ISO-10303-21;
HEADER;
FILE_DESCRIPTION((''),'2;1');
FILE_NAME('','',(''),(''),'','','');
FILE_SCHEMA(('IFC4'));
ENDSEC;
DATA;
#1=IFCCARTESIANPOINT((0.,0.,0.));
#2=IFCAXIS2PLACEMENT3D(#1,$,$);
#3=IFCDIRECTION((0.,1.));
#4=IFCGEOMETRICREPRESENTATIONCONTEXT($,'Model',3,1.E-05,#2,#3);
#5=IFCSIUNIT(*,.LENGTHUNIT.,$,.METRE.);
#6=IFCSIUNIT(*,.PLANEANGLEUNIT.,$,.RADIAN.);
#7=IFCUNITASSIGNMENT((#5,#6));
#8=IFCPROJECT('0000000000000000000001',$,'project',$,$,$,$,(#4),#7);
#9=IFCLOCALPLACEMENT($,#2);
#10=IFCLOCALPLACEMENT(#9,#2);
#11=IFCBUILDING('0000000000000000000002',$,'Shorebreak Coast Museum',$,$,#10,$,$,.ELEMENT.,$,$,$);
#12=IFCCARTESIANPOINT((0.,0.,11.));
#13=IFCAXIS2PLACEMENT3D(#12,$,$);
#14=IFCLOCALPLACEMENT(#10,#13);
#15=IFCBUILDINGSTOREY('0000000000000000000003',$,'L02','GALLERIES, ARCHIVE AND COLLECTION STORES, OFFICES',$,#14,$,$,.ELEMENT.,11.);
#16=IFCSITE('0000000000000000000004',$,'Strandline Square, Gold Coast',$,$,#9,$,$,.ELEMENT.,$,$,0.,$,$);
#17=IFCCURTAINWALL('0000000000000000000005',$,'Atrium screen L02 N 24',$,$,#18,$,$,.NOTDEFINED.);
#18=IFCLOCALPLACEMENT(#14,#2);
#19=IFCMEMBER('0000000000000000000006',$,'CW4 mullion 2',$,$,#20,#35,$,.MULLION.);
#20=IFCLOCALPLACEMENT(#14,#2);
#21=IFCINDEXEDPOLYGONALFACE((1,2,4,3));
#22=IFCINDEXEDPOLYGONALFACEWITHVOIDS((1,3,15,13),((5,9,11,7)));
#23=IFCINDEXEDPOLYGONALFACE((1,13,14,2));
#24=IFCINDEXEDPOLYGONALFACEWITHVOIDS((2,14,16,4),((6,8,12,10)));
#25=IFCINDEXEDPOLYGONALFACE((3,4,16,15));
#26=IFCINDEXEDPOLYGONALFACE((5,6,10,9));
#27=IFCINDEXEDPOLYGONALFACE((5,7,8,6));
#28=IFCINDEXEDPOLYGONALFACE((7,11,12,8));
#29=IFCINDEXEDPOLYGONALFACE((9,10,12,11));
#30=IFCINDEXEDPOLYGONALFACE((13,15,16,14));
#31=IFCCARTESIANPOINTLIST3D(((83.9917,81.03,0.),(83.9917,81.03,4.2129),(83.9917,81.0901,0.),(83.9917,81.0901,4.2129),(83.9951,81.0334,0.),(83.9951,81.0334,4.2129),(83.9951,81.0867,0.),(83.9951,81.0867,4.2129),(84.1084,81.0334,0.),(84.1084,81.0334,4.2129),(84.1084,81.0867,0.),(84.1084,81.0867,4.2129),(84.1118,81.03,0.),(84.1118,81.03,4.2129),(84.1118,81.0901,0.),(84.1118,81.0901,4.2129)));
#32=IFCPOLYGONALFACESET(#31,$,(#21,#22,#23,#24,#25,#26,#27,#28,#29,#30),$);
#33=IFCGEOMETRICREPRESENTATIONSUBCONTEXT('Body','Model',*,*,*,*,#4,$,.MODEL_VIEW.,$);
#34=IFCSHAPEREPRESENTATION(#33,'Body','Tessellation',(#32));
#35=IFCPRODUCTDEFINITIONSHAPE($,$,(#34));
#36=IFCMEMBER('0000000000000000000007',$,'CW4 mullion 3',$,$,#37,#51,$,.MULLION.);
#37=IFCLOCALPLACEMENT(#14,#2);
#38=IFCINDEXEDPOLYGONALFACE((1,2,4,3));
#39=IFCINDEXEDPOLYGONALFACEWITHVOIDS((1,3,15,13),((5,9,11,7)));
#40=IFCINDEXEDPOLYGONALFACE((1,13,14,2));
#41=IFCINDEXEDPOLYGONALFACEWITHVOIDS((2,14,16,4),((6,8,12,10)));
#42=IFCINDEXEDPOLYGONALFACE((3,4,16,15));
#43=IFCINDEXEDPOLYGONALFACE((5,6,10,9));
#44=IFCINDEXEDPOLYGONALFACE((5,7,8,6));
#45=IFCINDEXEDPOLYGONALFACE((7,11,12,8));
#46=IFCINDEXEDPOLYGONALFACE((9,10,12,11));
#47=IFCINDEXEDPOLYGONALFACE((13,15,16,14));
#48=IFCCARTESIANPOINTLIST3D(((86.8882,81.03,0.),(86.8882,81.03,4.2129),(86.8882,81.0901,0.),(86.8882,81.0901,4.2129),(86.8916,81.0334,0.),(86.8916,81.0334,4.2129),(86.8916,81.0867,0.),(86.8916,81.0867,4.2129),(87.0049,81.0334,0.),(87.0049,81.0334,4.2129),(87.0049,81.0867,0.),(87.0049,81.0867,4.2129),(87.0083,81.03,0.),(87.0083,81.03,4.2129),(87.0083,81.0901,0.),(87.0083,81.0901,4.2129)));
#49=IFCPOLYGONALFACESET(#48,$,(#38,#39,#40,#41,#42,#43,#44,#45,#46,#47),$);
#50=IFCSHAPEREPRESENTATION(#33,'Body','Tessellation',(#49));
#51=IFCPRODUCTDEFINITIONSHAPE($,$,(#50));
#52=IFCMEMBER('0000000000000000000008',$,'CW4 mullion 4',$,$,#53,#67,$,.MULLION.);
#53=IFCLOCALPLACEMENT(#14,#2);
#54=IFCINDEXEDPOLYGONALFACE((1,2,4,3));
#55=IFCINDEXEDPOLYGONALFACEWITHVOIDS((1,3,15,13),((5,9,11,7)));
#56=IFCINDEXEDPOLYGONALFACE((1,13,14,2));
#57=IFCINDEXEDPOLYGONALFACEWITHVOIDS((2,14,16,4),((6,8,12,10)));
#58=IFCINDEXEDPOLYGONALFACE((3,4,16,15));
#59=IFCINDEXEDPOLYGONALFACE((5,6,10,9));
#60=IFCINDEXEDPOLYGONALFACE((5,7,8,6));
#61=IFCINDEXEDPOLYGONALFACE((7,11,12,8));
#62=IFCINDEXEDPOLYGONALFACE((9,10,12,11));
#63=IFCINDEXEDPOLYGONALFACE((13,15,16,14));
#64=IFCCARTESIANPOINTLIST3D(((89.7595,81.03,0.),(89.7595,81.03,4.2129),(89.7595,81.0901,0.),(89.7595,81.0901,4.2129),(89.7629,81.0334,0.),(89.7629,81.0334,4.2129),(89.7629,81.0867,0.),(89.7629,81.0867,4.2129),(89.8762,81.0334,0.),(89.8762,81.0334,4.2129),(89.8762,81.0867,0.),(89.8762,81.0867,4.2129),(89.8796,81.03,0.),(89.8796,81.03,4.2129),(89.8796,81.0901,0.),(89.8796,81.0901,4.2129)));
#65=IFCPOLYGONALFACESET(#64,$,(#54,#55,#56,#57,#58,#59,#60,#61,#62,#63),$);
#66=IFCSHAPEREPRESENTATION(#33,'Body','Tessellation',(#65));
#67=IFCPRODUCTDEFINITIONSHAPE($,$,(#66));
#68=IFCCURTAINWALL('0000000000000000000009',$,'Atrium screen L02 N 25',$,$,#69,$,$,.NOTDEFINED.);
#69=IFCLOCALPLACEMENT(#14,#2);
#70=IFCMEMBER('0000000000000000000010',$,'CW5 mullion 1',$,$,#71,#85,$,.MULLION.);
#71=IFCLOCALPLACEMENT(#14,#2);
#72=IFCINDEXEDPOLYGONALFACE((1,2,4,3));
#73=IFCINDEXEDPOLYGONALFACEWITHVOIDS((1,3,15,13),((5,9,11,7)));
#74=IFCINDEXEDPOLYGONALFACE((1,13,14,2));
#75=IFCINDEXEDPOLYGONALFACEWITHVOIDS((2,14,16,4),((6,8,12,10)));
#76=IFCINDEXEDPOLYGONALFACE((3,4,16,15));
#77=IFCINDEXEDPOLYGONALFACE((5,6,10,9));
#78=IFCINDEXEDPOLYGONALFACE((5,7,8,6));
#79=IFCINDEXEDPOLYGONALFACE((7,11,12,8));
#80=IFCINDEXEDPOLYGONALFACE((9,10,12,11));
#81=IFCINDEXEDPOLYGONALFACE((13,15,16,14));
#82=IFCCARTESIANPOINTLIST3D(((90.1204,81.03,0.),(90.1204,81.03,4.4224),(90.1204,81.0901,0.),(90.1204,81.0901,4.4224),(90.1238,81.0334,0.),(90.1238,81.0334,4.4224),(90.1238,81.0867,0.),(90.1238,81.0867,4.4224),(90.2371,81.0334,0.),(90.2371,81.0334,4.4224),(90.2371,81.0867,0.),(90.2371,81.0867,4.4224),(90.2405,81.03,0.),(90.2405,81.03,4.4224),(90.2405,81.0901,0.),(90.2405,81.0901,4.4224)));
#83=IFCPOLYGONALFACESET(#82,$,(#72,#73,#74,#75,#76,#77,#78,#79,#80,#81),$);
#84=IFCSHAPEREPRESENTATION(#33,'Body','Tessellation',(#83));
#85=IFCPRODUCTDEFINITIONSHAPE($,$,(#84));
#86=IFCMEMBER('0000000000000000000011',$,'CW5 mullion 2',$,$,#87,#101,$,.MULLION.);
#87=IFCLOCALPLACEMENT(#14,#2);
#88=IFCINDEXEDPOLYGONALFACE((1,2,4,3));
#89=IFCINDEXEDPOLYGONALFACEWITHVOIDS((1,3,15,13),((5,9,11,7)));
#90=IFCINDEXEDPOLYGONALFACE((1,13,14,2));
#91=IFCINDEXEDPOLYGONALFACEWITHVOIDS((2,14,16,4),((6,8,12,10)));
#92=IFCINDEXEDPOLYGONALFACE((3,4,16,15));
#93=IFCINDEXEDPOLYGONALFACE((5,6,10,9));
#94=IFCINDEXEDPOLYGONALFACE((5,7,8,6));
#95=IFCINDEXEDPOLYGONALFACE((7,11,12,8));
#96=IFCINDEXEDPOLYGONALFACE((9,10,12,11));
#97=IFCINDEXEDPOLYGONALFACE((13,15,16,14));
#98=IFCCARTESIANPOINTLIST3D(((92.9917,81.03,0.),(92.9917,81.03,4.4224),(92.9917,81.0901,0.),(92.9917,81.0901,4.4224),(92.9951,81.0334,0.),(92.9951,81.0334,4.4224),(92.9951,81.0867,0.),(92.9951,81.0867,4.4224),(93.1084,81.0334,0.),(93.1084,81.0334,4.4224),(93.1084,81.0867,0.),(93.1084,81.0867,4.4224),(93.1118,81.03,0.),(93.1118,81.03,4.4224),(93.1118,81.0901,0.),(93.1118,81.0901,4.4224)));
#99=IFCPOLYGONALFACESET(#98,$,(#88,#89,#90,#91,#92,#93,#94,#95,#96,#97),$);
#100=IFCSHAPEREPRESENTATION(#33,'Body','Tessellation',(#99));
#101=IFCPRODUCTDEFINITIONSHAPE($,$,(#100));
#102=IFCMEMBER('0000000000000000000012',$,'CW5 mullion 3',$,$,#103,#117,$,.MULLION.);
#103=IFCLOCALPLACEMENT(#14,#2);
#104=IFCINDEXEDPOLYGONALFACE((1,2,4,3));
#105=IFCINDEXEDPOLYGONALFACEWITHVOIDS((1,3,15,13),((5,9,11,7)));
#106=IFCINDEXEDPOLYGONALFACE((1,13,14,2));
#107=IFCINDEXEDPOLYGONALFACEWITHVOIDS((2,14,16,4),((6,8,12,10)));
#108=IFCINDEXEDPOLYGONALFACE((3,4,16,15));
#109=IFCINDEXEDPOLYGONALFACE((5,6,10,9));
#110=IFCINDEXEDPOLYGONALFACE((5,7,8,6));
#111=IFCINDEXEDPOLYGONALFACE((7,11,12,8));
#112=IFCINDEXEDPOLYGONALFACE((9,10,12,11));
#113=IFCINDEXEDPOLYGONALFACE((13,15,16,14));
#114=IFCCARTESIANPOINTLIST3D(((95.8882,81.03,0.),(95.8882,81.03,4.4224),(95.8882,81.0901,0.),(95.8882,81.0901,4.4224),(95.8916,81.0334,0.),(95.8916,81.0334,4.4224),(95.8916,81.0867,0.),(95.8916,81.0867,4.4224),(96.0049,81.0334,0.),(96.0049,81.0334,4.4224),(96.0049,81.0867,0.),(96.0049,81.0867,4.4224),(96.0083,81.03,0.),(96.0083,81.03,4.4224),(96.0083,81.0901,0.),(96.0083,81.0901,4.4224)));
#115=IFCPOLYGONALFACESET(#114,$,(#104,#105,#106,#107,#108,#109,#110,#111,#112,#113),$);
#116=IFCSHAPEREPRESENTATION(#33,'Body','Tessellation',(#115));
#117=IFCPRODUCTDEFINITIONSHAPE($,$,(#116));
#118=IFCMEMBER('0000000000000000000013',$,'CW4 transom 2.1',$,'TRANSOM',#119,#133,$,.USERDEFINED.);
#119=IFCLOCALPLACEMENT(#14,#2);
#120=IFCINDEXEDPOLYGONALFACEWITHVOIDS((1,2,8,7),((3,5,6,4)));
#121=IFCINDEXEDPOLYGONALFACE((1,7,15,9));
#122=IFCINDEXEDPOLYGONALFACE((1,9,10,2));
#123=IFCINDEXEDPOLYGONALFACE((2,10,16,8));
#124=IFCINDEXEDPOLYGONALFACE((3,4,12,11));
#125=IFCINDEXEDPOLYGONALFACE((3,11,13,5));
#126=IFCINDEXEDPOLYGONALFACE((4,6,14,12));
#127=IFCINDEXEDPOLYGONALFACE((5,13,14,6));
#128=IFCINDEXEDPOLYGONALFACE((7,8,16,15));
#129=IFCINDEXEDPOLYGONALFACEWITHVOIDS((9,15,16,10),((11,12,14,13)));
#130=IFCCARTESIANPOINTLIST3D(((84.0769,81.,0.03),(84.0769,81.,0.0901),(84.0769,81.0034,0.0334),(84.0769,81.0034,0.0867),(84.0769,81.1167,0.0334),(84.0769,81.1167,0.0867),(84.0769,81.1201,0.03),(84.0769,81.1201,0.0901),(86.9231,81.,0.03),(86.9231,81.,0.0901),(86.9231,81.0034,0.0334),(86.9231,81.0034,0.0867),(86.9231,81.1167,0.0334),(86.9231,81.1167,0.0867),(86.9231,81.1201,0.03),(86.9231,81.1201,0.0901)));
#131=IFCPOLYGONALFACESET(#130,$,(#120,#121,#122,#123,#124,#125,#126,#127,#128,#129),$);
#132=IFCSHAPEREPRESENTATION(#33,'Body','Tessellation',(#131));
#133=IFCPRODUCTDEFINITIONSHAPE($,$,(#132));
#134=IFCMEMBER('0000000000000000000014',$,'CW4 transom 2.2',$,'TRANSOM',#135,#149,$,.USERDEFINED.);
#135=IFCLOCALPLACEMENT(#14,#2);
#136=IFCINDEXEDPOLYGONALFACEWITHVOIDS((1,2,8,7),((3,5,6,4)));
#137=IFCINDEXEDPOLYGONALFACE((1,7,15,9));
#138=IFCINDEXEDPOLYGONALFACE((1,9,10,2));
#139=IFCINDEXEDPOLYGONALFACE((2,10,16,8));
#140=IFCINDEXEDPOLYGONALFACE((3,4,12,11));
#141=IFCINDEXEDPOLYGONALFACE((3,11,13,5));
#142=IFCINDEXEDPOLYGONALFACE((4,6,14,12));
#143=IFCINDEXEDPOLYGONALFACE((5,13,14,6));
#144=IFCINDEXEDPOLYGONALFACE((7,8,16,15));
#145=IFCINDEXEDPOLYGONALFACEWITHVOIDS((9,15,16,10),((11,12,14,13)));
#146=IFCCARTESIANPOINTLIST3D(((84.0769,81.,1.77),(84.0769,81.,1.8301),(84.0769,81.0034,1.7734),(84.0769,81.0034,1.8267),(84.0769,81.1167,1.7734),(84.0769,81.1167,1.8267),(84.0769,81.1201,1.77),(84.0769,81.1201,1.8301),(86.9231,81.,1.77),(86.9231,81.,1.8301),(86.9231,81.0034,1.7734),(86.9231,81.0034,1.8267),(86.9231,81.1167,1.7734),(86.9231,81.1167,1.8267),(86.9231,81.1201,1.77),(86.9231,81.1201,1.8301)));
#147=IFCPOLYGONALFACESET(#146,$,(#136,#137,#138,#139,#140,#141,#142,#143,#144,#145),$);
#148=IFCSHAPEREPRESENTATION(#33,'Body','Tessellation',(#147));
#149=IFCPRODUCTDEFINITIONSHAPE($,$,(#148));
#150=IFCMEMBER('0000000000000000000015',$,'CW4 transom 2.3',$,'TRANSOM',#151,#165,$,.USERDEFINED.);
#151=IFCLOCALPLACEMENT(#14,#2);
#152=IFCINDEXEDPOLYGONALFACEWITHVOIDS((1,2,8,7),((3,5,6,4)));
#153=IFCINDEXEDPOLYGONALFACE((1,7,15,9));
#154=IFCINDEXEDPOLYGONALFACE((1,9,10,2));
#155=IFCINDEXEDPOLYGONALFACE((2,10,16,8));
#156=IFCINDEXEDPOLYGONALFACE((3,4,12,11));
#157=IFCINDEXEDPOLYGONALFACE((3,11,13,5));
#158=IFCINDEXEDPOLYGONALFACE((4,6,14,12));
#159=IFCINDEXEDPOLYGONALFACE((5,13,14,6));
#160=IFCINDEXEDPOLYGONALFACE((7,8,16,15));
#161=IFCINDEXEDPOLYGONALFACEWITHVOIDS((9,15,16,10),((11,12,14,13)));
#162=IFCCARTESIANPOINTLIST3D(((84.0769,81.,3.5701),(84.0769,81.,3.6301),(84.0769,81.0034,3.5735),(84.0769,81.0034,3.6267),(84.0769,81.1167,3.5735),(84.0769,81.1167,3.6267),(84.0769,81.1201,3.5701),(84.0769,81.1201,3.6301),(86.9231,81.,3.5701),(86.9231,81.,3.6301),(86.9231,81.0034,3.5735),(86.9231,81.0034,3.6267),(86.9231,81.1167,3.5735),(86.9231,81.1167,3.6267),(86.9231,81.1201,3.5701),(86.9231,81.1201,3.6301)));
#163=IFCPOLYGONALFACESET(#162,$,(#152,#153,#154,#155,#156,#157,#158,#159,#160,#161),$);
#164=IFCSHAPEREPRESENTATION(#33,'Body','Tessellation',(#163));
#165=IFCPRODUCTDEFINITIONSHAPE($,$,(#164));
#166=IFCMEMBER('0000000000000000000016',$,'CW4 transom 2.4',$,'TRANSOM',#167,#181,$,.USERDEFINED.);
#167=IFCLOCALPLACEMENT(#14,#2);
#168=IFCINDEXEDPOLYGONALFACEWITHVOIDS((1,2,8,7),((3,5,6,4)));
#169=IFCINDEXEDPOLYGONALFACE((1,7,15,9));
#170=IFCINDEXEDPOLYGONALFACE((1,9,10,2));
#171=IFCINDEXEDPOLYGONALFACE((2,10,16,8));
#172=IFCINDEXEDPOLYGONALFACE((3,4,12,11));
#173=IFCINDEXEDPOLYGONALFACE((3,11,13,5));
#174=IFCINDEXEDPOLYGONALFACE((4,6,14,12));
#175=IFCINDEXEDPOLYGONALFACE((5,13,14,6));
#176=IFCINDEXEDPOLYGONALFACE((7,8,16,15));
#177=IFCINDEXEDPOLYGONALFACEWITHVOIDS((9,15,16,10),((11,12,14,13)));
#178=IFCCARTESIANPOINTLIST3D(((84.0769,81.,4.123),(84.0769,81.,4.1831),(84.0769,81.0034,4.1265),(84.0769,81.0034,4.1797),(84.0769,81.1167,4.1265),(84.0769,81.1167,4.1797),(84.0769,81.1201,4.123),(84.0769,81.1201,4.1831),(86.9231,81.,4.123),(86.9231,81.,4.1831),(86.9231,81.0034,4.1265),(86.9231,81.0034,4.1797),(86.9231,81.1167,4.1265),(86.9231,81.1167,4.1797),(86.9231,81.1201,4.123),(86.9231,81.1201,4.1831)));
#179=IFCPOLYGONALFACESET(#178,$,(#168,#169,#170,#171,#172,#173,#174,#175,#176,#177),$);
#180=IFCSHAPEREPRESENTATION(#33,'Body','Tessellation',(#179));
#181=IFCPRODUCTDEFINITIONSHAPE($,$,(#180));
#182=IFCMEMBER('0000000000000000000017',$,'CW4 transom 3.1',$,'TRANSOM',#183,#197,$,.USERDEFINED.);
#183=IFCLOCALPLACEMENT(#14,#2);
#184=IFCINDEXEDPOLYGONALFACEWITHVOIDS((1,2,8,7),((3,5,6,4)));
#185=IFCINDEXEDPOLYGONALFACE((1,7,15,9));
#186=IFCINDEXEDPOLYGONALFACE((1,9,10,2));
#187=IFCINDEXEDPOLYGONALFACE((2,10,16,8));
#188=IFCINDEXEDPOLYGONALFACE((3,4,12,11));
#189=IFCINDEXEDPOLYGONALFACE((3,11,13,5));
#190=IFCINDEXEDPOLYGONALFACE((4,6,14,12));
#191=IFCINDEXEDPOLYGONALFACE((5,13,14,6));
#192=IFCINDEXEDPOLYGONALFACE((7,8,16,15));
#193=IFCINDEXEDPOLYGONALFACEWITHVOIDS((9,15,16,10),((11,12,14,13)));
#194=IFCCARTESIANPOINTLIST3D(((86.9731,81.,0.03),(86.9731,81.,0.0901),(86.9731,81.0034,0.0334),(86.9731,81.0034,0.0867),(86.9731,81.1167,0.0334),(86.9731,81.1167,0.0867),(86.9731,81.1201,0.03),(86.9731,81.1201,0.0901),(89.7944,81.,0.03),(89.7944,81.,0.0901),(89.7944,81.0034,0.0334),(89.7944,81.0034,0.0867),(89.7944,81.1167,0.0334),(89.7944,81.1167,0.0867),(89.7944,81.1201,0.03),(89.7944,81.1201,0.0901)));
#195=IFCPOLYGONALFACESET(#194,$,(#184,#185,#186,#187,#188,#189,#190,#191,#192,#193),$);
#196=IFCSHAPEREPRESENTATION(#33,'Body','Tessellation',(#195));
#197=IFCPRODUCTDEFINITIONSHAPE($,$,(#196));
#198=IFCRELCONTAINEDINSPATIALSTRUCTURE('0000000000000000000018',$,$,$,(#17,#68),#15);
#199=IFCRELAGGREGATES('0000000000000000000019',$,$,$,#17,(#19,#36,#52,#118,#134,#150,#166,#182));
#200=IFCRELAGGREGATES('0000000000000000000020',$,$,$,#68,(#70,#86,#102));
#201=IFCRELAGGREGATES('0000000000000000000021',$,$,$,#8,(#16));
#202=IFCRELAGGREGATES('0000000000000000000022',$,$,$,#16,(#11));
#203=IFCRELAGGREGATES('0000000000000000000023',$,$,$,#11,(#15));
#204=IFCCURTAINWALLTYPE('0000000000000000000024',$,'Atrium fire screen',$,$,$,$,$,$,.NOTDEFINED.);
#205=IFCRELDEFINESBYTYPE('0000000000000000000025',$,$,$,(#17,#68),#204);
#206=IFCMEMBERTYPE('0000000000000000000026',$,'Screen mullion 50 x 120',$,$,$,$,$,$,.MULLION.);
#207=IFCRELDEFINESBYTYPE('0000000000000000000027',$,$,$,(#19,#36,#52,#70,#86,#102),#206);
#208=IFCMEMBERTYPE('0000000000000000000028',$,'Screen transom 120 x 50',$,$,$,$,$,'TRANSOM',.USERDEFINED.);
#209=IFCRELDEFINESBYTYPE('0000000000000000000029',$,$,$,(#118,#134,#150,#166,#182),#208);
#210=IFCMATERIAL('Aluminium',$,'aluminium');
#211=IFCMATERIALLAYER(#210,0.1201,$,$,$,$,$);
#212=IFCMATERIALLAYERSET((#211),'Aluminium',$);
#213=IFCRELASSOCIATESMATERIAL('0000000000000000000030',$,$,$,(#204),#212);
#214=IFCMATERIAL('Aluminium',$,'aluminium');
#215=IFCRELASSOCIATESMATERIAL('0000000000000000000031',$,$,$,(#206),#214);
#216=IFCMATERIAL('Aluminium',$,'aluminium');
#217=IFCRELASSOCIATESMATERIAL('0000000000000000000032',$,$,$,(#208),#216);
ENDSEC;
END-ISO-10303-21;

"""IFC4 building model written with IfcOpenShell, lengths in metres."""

from ifc_helpers import new_model, si_unit, direction, frame, origin, origin_2d, place, context, subcontext, project, spatial, hollow_rectangle, extrude, material, layer, layer_set, material_profile, profile_set, type_object, element, aggregate, save


model = new_model("IFC4")

# Units and contexts
model_context = context("Model", 3, precision=1e-05, world=origin(), true_north=direction((0.0, 1.0)))
body_context = subcontext(model_context, "Body", "Model", "MODEL_VIEW")
ifc_project = project(units=[si_unit("LENGTHUNIT", "METRE"), si_unit("PLANEANGLEUNIT", "RADIAN")], contexts=[model_context])

# Site, building, storey
site_placement = place(None, origin())
site = spatial("IfcSite", under=ifc_project, at=site_placement, Name="Strandline Square, Gold Coast", CompositionType="ELEMENT", RefElevation=0.0)
building_placement = place(site_placement, origin())
building = spatial("IfcBuilding", under=site, at=building_placement, Name="Shorebreak Coast Museum", CompositionType="ELEMENT")
storey_placement = place(building_placement, frame((0.0, 0.0, 11.0)))
storey = spatial("IfcBuildingStorey", under=building, at=storey_placement, Name="L02", Description="GALLERIES, ARCHIVE AND COLLECTION STORES, OFFICES", CompositionType="ELEMENT", Elevation=11.0)

# Curtain walls, members
ifc_material_1 = material(Name="Aluminium", Category="aluminium")
ifc_layer_1 = layer(ifc_material_1, 0.1201)
ifc_layer_set_1 = layer_set([ifc_layer_1], Name="Aluminium")
curtain_wall_type = type_object("IfcCurtainWallType", Name="Atrium fire screen", PredefinedType="NOTDEFINED", material=ifc_layer_set_1)
curtain_wall_1_placement = place(storey_placement, origin())
curtain_wall_1 = element("IfcCurtainWall", 1, at=curtain_wall_1_placement, inside=storey, type_object=curtain_wall_type, Name="Atrium screen L02 N 24", PredefinedType="NOTDEFINED")
ifc_material_2 = material(Name="Aluminium", Category="aluminium")
ifc_material_profile_1 = material_profile(ifc_material_2, hollow_rectangle(XDim=0.0601, YDim=0.1201, WallThickness=0.0034, at=origin_2d()), Name="AL 120x60 RHS")
ifc_profile_set_1 = profile_set([ifc_material_profile_1], Name="Aluminium")
member_type_1 = type_object("IfcMemberType", Name="Screen mullion 50 x 120", PredefinedType="MULLION", material=ifc_profile_set_1)
member_1_placement = place(storey_placement, frame((84.0518, 81.0601, 0.0), z_axis=(0.0, 0.0, 1.0), x_axis=(0.0, 1.0, 0.0)))
member_1 = element("IfcMember", 2, at=member_1_placement, type_object=member_type_1, Name="CW4 mullion 2", PredefinedType="MULLION", context=body_context, shape_type="SweptSolid", body=[
    extrude(hollow_rectangle(XDim=0.0601, YDim=0.1201, WallThickness=0.0034, at=origin_2d()), origin(), (0.0, 0.0, 1.0), 4.2129),
])
member_2_placement = place(storey_placement, frame((86.9482, 81.0601, 0.0), z_axis=(0.0, 0.0, 1.0), x_axis=(0.0, 1.0, 0.0)))
member_2 = element("IfcMember", 3, at=member_2_placement, type_object=member_type_1, Name="CW4 mullion 3", PredefinedType="MULLION", context=body_context, shape_type="SweptSolid", body=[
    extrude(hollow_rectangle(XDim=0.0601, YDim=0.1201, WallThickness=0.0034, at=origin_2d()), origin(), (0.0, 0.0, 1.0), 4.2129),
])
member_3_placement = place(storey_placement, frame((89.8196, 81.0601, 0.0), z_axis=(0.0, 0.0, 1.0), x_axis=(0.0, 1.0, 0.0)))
member_3 = element("IfcMember", 4, at=member_3_placement, type_object=member_type_1, Name="CW4 mullion 4", PredefinedType="MULLION", context=body_context, shape_type="SweptSolid", body=[
    extrude(hollow_rectangle(XDim=0.0601, YDim=0.1201, WallThickness=0.0034, at=origin_2d()), origin(), (0.0, 0.0, 1.0), 4.2129),
])
curtain_wall_2_placement = place(storey_placement, origin())
curtain_wall_2 = element("IfcCurtainWall", 5, at=curtain_wall_2_placement, inside=storey, type_object=curtain_wall_type, Name="Atrium screen L02 N 25", PredefinedType="NOTDEFINED")
member_4_placement = place(storey_placement, frame((90.1804, 81.0601, 0.0), z_axis=(0.0, 0.0, 1.0), x_axis=(0.0, 1.0, 0.0)))
member_4 = element("IfcMember", 6, at=member_4_placement, type_object=member_type_1, Name="CW5 mullion 1", PredefinedType="MULLION", context=body_context, shape_type="SweptSolid", body=[
    extrude(hollow_rectangle(XDim=0.0601, YDim=0.1201, WallThickness=0.0034, at=origin_2d()), origin(), (0.0, 0.0, 1.0), 4.4224),
])
member_5_placement = place(storey_placement, frame((93.0518, 81.0601, 0.0), z_axis=(0.0, 0.0, 1.0), x_axis=(0.0, 1.0, 0.0)))
member_5 = element("IfcMember", 7, at=member_5_placement, type_object=member_type_1, Name="CW5 mullion 2", PredefinedType="MULLION", context=body_context, shape_type="SweptSolid", body=[
    extrude(hollow_rectangle(XDim=0.0601, YDim=0.1201, WallThickness=0.0034, at=origin_2d()), origin(), (0.0, 0.0, 1.0), 4.4224),
])
member_6_placement = place(storey_placement, frame((95.9482, 81.0601, 0.0), z_axis=(0.0, 0.0, 1.0), x_axis=(0.0, 1.0, 0.0)))
member_6 = element("IfcMember", 8, at=member_6_placement, type_object=member_type_1, Name="CW5 mullion 3", PredefinedType="MULLION", context=body_context, shape_type="SweptSolid", body=[
    extrude(hollow_rectangle(XDim=0.0601, YDim=0.1201, WallThickness=0.0034, at=origin_2d()), origin(), (0.0, 0.0, 1.0), 4.4224),
])

# Members
ifc_material_3 = material(Name="Aluminium", Category="aluminium")
ifc_material_profile_2 = material_profile(ifc_material_3, hollow_rectangle(XDim=0.1201, YDim=0.0601, WallThickness=0.0034, at=origin_2d()), Name="AL 60x120 RHS")
ifc_profile_set_2 = profile_set([ifc_material_profile_2], Name="Aluminium")
member_type_2 = type_object("IfcMemberType", Name="Screen transom 120 x 50", ElementType="TRANSOM", PredefinedType="USERDEFINED", material=ifc_profile_set_2)
member_7_placement = place(storey_placement, frame((84.0769, 81.0601, 0.0601), z_axis=(1.0, 0.0, 0.0), x_axis=(0.0, 1.0, 0.0)))
member_7 = element("IfcMember", 9, at=member_7_placement, type_object=member_type_2, Name="CW4 transom 2.1", ObjectType="TRANSOM", PredefinedType="USERDEFINED", context=body_context, shape_type="SweptSolid", body=[
    extrude(hollow_rectangle(XDim=0.1201, YDim=0.0601, WallThickness=0.0034, at=origin_2d()), origin(), (0.0, 0.0, 1.0), 2.8462),
])
member_8_placement = place(storey_placement, frame((84.0769, 81.0601, 1.8), z_axis=(1.0, 0.0, 0.0), x_axis=(0.0, 1.0, 0.0)))
member_8 = element("IfcMember", 10, at=member_8_placement, type_object=member_type_2, Name="CW4 transom 2.2", ObjectType="TRANSOM", PredefinedType="USERDEFINED", context=body_context, shape_type="SweptSolid", body=[
    extrude(hollow_rectangle(XDim=0.1201, YDim=0.0601, WallThickness=0.0034, at=origin_2d()), origin(), (0.0, 0.0, 1.0), 2.8462),
])
member_9_placement = place(storey_placement, frame((84.0769, 81.0601, 3.6001), z_axis=(1.0, 0.0, 0.0), x_axis=(0.0, 1.0, 0.0)))
member_9 = element("IfcMember", 11, at=member_9_placement, type_object=member_type_2, Name="CW4 transom 2.3", ObjectType="TRANSOM", PredefinedType="USERDEFINED", context=body_context, shape_type="SweptSolid", body=[
    extrude(hollow_rectangle(XDim=0.1201, YDim=0.0601, WallThickness=0.0034, at=origin_2d()), origin(), (0.0, 0.0, 1.0), 2.8462),
])
member_10_placement = place(storey_placement, frame((84.0769, 81.0601, 4.1531), z_axis=(1.0, 0.0, 0.0), x_axis=(0.0, 1.0, 0.0)))
member_10 = element("IfcMember", 12, at=member_10_placement, type_object=member_type_2, Name="CW4 transom 2.4", ObjectType="TRANSOM", PredefinedType="USERDEFINED", context=body_context, shape_type="SweptSolid", body=[
    extrude(hollow_rectangle(XDim=0.1201, YDim=0.0601, WallThickness=0.0034, at=origin_2d()), origin(), (0.0, 0.0, 1.0), 2.8462),
])
member_11_placement = place(storey_placement, frame((86.9731, 81.0601, 0.0601), z_axis=(1.0, 0.0, 0.0), x_axis=(0.0, 1.0, 0.0)))
member_11 = element("IfcMember", 13, at=member_11_placement, type_object=member_type_2, Name="CW4 transom 3.1", ObjectType="TRANSOM", PredefinedType="USERDEFINED", context=body_context, shape_type="SweptSolid", body=[
    extrude(hollow_rectangle(XDim=0.1201, YDim=0.0601, WallThickness=0.0034, at=origin_2d()), origin(), (0.0, 0.0, 1.0), 2.8213),
])

aggregate(curtain_wall_1, [member_1, member_2, member_3, member_7, member_8, member_9, member_10, member_11])
aggregate(curtain_wall_2, [member_4, member_5, member_6])

save(model, "model.ifc")
